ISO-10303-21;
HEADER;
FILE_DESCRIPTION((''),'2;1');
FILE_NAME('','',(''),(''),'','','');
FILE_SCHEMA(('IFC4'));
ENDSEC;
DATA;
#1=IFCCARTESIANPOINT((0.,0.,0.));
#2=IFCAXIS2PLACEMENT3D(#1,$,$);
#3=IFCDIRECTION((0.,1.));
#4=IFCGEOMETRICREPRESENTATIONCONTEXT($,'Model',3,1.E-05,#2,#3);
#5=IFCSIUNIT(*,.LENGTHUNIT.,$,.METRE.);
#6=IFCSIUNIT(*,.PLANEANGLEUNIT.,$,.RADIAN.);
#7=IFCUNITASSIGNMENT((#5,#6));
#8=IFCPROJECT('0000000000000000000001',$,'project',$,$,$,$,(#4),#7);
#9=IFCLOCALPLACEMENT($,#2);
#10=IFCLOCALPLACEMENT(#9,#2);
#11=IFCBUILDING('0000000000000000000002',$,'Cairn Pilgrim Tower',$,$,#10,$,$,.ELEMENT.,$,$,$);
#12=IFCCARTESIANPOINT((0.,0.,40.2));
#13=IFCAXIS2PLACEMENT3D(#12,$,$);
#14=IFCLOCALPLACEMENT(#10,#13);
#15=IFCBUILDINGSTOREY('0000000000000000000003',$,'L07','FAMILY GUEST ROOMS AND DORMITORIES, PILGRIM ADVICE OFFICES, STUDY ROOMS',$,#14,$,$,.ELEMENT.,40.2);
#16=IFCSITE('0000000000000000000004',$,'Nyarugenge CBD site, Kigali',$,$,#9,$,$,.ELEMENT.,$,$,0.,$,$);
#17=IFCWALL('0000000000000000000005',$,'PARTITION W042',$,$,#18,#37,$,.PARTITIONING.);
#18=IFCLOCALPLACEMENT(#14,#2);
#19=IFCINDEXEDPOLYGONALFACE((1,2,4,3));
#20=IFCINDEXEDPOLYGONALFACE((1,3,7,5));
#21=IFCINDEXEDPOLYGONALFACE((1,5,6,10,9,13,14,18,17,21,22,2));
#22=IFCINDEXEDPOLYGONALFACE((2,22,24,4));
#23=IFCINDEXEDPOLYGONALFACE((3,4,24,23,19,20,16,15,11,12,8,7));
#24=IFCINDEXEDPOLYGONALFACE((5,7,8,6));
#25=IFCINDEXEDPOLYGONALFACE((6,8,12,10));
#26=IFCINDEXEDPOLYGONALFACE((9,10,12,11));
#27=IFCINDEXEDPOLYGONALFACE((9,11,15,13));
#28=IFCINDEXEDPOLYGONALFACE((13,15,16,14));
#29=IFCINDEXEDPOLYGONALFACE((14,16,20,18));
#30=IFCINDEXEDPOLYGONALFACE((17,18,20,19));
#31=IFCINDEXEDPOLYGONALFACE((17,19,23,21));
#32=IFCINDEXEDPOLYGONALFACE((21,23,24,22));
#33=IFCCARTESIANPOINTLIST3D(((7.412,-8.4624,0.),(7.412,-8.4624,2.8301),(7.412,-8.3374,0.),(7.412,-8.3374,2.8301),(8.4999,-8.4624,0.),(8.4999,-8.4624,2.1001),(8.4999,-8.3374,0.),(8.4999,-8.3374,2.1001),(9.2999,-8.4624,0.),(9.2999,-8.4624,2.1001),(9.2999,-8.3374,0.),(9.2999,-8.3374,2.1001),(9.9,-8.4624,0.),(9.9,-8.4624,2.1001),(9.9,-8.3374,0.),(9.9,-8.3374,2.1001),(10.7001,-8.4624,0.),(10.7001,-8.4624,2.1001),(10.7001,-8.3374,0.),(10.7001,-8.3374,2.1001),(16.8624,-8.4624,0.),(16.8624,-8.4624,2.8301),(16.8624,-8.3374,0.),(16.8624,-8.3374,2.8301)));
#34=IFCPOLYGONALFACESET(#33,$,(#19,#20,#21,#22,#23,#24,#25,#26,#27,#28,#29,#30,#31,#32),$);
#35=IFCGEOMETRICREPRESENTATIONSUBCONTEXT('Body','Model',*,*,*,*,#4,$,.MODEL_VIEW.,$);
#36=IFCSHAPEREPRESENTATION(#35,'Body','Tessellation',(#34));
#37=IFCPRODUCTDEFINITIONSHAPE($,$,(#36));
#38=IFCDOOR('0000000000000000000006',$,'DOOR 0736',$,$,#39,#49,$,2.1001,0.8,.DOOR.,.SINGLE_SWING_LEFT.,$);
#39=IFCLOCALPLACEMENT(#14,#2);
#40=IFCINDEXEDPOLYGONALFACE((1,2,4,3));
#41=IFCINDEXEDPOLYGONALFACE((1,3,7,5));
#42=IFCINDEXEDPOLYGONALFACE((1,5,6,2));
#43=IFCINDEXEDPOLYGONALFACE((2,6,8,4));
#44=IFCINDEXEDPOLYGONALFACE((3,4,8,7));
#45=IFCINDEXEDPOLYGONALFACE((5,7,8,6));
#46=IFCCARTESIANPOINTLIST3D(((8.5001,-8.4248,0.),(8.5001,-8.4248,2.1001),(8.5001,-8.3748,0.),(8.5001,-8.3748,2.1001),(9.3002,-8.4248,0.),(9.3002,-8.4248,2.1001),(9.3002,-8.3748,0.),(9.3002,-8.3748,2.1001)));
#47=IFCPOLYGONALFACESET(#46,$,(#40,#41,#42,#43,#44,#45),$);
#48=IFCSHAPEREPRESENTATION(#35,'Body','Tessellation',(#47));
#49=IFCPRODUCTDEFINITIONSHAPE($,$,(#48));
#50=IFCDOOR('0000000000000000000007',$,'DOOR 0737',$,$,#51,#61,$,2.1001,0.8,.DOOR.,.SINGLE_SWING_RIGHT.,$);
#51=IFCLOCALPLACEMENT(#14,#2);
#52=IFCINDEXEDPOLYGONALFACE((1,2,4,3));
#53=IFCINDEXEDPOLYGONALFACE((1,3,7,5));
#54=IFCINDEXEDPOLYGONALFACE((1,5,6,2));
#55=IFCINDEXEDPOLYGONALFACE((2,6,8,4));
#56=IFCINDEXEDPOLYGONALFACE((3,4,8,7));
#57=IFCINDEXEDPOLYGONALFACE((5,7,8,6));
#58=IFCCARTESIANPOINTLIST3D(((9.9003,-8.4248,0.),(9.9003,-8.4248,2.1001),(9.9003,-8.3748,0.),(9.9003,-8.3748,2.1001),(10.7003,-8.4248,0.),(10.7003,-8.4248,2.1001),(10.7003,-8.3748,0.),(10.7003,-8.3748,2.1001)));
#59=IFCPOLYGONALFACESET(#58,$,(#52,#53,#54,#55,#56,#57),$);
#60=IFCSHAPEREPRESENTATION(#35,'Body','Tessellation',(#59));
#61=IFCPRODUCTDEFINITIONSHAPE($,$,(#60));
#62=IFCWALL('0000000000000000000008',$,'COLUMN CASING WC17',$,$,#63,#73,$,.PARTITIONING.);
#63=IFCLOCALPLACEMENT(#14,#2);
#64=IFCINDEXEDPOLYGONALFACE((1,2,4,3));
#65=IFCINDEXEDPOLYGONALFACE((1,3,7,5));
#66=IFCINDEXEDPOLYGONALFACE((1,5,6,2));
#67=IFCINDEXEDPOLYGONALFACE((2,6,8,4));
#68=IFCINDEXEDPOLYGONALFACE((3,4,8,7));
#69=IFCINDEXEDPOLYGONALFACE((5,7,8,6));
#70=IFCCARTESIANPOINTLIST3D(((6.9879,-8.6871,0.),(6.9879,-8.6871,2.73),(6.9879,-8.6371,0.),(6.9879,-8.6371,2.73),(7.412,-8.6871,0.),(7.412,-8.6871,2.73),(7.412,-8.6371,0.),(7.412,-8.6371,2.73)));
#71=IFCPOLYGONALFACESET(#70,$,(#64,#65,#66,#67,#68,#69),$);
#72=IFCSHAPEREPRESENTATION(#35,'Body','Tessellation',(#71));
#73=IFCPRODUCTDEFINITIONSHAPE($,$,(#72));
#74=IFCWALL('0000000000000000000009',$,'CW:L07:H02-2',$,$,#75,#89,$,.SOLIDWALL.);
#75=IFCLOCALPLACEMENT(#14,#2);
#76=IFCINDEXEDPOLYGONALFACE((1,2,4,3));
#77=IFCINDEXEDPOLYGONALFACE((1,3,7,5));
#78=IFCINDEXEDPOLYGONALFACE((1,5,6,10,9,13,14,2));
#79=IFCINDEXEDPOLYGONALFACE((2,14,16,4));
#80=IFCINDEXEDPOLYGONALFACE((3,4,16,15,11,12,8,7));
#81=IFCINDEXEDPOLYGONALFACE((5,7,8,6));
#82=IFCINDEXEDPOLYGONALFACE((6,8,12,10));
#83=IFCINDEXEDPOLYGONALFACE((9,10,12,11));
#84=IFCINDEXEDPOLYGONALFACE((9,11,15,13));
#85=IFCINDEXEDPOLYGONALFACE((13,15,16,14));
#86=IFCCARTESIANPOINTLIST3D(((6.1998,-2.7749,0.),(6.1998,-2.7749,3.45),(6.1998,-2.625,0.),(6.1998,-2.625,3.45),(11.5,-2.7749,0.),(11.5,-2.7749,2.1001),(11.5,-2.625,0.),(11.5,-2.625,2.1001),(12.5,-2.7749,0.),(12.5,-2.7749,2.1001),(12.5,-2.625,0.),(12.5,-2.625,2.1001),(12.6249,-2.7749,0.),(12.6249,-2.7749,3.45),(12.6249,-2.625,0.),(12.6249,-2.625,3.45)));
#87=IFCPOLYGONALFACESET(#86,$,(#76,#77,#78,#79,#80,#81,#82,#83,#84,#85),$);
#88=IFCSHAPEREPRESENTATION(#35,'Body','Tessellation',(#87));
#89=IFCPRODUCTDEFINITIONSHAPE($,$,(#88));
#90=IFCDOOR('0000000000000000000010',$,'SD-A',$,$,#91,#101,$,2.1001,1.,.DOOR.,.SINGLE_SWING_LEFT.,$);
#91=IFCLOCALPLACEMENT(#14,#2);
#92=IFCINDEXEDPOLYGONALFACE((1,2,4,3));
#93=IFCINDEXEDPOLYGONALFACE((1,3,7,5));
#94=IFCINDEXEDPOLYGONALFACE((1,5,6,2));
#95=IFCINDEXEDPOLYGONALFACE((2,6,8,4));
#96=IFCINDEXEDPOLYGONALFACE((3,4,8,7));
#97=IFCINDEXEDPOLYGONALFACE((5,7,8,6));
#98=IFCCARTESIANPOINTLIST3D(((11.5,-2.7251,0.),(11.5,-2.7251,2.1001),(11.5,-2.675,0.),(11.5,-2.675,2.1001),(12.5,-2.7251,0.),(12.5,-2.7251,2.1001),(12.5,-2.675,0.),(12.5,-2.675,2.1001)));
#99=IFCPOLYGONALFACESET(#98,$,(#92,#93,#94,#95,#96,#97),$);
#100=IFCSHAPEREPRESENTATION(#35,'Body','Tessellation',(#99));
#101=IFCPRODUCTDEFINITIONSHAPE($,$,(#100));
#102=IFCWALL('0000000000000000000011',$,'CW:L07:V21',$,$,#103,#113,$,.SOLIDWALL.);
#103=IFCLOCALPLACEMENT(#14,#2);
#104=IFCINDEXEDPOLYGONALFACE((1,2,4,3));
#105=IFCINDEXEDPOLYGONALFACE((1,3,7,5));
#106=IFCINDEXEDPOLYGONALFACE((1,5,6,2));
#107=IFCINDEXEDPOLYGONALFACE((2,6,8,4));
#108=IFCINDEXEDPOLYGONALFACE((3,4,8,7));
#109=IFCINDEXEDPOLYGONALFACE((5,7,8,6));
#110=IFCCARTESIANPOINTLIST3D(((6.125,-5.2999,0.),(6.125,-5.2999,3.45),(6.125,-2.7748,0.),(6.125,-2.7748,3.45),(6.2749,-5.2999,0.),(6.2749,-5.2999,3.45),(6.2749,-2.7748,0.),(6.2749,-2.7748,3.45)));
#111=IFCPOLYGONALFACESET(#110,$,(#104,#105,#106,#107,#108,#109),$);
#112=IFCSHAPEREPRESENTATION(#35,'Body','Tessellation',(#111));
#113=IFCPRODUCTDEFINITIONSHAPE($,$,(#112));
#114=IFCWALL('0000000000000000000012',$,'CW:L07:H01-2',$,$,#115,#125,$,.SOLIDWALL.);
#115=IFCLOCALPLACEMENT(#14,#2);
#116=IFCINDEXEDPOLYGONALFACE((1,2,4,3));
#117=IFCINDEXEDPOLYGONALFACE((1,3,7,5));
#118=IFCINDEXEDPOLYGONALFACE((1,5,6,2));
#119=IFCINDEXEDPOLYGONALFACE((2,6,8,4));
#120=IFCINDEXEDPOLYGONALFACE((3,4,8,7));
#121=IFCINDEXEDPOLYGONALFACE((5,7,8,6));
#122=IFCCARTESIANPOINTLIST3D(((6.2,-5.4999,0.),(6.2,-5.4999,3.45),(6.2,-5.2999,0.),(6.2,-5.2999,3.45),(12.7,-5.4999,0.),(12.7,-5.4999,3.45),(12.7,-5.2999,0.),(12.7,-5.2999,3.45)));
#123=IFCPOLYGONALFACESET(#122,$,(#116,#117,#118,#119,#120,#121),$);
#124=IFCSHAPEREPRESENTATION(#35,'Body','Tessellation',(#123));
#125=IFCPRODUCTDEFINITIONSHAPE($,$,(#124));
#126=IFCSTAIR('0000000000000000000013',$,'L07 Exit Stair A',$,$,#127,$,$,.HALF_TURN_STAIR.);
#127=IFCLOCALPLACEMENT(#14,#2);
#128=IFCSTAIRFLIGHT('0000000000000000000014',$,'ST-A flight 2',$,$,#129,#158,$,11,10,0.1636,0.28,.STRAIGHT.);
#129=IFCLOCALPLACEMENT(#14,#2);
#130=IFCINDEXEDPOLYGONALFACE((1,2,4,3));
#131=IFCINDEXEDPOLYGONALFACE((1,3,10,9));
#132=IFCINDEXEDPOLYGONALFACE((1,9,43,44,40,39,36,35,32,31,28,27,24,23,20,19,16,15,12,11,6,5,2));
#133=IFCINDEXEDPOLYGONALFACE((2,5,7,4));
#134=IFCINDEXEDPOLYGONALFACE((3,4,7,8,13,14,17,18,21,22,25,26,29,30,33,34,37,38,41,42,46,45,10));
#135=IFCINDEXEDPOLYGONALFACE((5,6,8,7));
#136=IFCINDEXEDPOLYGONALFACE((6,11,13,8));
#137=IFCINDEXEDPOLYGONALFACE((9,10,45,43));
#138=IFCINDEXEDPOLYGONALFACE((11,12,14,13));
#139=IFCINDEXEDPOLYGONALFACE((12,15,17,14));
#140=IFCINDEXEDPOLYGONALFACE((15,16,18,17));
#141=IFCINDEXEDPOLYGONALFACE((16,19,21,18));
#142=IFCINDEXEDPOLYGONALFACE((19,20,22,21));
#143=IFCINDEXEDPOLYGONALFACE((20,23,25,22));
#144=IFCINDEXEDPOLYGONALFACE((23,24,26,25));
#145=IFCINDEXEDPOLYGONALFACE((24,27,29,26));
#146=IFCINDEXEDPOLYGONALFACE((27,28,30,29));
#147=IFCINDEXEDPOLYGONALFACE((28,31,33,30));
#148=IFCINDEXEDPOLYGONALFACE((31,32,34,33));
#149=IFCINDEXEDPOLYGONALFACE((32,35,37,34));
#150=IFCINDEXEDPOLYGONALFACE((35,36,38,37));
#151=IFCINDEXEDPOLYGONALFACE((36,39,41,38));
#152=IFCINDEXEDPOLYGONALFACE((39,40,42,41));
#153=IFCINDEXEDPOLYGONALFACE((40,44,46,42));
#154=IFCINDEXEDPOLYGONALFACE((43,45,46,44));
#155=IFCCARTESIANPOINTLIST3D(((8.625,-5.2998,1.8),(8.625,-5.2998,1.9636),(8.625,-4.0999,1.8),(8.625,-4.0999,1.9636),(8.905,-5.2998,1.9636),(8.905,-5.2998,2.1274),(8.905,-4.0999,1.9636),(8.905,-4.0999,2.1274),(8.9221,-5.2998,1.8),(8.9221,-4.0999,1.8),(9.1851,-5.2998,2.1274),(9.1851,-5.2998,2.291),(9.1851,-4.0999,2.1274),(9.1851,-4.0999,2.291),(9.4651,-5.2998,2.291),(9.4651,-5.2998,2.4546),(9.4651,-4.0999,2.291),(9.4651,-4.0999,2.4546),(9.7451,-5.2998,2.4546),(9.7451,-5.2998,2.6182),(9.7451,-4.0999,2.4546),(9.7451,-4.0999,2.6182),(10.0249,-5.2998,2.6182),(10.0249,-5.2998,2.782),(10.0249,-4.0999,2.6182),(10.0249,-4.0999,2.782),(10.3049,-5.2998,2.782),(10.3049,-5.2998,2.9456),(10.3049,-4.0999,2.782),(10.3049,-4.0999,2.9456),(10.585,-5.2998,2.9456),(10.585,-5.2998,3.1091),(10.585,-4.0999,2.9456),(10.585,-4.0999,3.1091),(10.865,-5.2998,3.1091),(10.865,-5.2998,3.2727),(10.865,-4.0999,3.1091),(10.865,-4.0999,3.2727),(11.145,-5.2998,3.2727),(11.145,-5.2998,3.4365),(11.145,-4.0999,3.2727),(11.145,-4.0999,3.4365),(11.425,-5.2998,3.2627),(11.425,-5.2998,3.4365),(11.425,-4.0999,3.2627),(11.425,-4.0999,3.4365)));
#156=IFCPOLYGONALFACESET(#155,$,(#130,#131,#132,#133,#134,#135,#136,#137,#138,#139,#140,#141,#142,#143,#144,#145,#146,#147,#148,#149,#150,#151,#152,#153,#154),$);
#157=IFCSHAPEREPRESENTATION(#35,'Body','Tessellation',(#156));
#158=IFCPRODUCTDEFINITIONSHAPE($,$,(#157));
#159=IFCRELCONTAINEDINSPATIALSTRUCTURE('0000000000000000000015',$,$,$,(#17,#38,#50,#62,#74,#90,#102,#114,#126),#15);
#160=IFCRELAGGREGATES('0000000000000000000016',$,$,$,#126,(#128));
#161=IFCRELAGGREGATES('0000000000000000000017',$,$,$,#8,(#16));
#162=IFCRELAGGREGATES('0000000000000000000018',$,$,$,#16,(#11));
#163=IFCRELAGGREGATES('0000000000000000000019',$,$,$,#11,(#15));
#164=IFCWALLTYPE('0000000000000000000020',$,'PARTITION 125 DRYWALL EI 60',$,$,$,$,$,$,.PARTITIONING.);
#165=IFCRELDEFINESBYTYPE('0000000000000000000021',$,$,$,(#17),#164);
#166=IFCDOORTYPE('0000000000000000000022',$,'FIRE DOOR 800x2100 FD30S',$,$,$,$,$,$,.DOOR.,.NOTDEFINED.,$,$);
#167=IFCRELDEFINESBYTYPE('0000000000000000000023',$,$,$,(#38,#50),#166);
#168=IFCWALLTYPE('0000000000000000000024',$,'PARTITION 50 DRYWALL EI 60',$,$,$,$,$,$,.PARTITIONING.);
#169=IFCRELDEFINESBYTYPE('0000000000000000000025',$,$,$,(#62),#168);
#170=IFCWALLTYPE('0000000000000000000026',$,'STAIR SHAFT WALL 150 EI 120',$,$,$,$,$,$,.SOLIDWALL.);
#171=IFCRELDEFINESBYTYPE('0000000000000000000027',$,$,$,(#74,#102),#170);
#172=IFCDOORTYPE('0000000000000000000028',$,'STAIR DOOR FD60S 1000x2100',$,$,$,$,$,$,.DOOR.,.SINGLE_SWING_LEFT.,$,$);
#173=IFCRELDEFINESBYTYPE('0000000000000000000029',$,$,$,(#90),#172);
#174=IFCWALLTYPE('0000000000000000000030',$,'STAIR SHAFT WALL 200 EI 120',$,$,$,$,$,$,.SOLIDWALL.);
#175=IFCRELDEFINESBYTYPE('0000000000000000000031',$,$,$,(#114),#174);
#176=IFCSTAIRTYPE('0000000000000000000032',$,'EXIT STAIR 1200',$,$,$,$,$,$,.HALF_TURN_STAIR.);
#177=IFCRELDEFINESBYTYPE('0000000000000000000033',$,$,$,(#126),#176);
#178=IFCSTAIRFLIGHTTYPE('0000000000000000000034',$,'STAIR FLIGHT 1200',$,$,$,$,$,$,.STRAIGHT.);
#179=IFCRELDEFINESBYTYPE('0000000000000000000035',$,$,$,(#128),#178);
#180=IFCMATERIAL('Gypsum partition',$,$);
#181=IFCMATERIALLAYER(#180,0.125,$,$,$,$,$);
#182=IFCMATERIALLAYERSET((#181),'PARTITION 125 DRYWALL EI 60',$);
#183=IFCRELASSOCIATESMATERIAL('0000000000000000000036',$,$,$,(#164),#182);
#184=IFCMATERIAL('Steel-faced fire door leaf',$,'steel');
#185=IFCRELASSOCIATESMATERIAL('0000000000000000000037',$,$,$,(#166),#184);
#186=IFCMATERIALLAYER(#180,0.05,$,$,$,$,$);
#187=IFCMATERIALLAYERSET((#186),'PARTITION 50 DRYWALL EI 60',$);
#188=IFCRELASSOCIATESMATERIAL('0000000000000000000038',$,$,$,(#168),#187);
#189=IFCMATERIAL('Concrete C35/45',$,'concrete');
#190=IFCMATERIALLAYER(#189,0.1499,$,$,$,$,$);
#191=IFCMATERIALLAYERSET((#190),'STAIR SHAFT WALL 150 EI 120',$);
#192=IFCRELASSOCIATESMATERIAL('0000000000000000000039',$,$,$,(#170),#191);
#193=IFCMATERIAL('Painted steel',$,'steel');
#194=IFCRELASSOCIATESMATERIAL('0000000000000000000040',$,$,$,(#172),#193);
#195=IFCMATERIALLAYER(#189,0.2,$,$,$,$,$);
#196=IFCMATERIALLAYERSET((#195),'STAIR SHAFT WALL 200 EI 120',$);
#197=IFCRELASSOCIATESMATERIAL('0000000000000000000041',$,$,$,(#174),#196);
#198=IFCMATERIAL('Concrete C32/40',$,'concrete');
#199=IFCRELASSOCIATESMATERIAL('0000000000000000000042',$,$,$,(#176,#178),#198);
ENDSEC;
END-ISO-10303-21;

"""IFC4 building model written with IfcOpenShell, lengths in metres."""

from ifc_helpers import new_model, si_unit, direction, frame, frame_2d, origin, place, context, subcontext, project, spatial, polyline, rectangle, outline, extrude, material, layer, layer_set, type_object, element, fill, aggregate, save


model = new_model("IFC4")

# Units and contexts
model_context = context("Model", 3, precision=1e-05, world=origin(), true_north=direction((0.0, 1.0)))
body_context = subcontext(model_context, "Body", "Model", "MODEL_VIEW")
ifc_project = project(units=[si_unit("LENGTHUNIT", "METRE"), si_unit("PLANEANGLEUNIT", "RADIAN")], contexts=[model_context])

# Site, building, storey
site_placement = place(None, origin())
site = spatial("IfcSite", under=ifc_project, at=site_placement, Name="Nyarugenge CBD site, Kigali", CompositionType="ELEMENT", RefElevation=0.0)
building_placement = place(site_placement, origin())
building = spatial("IfcBuilding", under=site, at=building_placement, Name="Cairn Pilgrim Tower", CompositionType="ELEMENT")
storey_placement = place(building_placement, frame((0.0, 0.0, 40.2)))
storey = spatial("IfcBuildingStorey", under=building, at=storey_placement, Name="L07", Description="FAMILY GUEST ROOMS AND DORMITORIES, PILGRIM ADVICE OFFICES, STUDY ROOMS", CompositionType="ELEMENT", Elevation=40.2)

# Shared definitions
ifc_material_1 = material(Name="Concrete C32/40", Category="concrete")
ifc_material_2 = material(Name="Gypsum partition")
ifc_layer_1 = layer(ifc_material_2, 0.125)
ifc_layer_set_1 = layer_set([ifc_layer_1], Name="PARTITION 125 DRYWALL EI 60")
wall_type_1 = type_object("IfcWallType", Name="PARTITION 125 DRYWALL EI 60", PredefinedType="PARTITIONING", material=ifc_layer_set_1)

# Wall, openings, doors
wall_1_placement = place(storey_placement, frame((7.4121, -8.3999, 0.0), z_axis=(0.0, 0.0, 1.0), x_axis=(1.0, 0.0, 0.0)))
wall_1 = element("IfcWall", 1, at=wall_1_placement, inside=storey, type_object=wall_type_1, Name="PARTITION W042", PredefinedType="PARTITIONING", context=body_context, shape_type="SweptSolid", body=[
    extrude(rectangle(XDim=9.4504, YDim=0.125, at=frame_2d((4.7251, 0.0))), origin(), (0.0, 0.0, 1.0), 2.8301),
])
opening_1_placement = place(wall_1_placement, frame((1.0879, 0.0, 0.0)))
opening_1 = element("IfcOpeningElement", 2, at=opening_1_placement, cuts=wall_1, PredefinedType="OPENING", context=body_context, shape_type="SweptSolid", body=[
    extrude(rectangle(XDim=0.8, YDim=2.1001, at=frame_2d((0.3999, 1.05))), frame((0.0, 0.0725, 0.0), z_axis=(0.0, -1.0, 0.0), x_axis=(1.0, 0.0, 0.0)), (0.0, 0.0, 1.0), 0.145),
])
opening_2_placement = place(wall_1_placement, frame((2.488, 0.0, 0.0)))
opening_2 = element("IfcOpeningElement", 3, at=opening_2_placement, cuts=wall_1, PredefinedType="OPENING", context=body_context, shape_type="SweptSolid", body=[
    extrude(rectangle(XDim=0.8, YDim=2.1001, at=frame_2d((0.3999, 1.05))), frame((0.0, 0.0725, 0.0), z_axis=(0.0, -1.0, 0.0), x_axis=(1.0, 0.0, 0.0)), (0.0, 0.0, 1.0), 0.145),
])
ifc_material_3 = material(Name="Steel-faced fire door leaf", Category="steel")
door_type_1 = type_object("IfcDoorType", Name="FIRE DOOR 800x2100 FD30S", OperationType="NOTDEFINED", PredefinedType="DOOR", material=ifc_material_3)
door_1_placement = place(opening_1_placement, frame((0.8, 0.0, 0.0), z_axis=(0.0, 0.0, 1.0), x_axis=(-1.0, 0.0, 0.0)))
door_1 = element("IfcDoor", 4, at=door_1_placement, inside=storey, type_object=door_type_1, Name="DOOR 0736", OperationType="SINGLE_SWING_LEFT", OverallHeight=2.1001, OverallWidth=0.8, PredefinedType="DOOR", context=body_context, shape_type="SweptSolid", body=[
    extrude(rectangle(XDim=0.8, YDim=2.1001, at=frame_2d((0.3999, 1.05))), frame((0.0, 0.0249, 0.0), z_axis=(0.0, -1.0, 0.0), x_axis=(1.0, 0.0, 0.0)), (0.0, 0.0, 1.0), 0.05),
])
fill(opening_1, door_1)
door_2_placement = place(opening_2_placement, frame((0.8, 0.0, 0.0), z_axis=(0.0, 0.0, 1.0), x_axis=(-1.0, 0.0, 0.0)))
door_2 = element("IfcDoor", 5, at=door_2_placement, inside=storey, type_object=door_type_1, Name="DOOR 0737", OperationType="SINGLE_SWING_RIGHT", OverallHeight=2.1001, OverallWidth=0.8, PredefinedType="DOOR", context=body_context, shape_type="SweptSolid", body=[
    extrude(rectangle(XDim=0.8, YDim=2.1001, at=frame_2d((0.3999, 1.05))), frame((0.0, 0.0249, 0.0), z_axis=(0.0, -1.0, 0.0), x_axis=(1.0, 0.0, 0.0)), (0.0, 0.0, 1.0), 0.05),
])
fill(opening_2, door_2)

# Wall
ifc_layer_2 = layer(ifc_material_2, 0.05)
ifc_layer_set_2 = layer_set([ifc_layer_2], Name="PARTITION 50 DRYWALL EI 60")
wall_type_2 = type_object("IfcWallType", Name="PARTITION 50 DRYWALL EI 60", PredefinedType="PARTITIONING", material=ifc_layer_set_2)
wall_2_placement = place(storey_placement, frame((6.988, -8.6621, 0.0), z_axis=(0.0, 0.0, 1.0), x_axis=(1.0, 0.0, 0.0)))
element("IfcWall", 6, at=wall_2_placement, inside=storey, type_object=wall_type_2, Name="COLUMN CASING WC17", PredefinedType="PARTITIONING", context=body_context, shape_type="SweptSolid", body=[
    extrude(rectangle(XDim=0.4241, YDim=0.05, at=frame_2d((0.2119, 0.0))), origin(), (0.0, 0.0, 1.0), 2.73),
])

# Wall, opening, door
ifc_material_4 = material(Name="Concrete C35/45", Category="concrete")
ifc_layer_3 = layer(ifc_material_4, 0.1499)
ifc_layer_set_3 = layer_set([ifc_layer_3], Name="STAIR SHAFT WALL 150 EI 120")
wall_type_3 = type_object("IfcWallType", Name="STAIR SHAFT WALL 150 EI 120", PredefinedType="SOLIDWALL", material=ifc_layer_set_3)
wall_3_placement = place(storey_placement, frame((6.2, -2.7, 0.0), z_axis=(0.0, 0.0, 1.0), x_axis=(1.0, 0.0, 0.0)))
wall_3 = element("IfcWall", 7, at=wall_3_placement, inside=storey, type_object=wall_type_3, Name="CW:L07:H02-2", PredefinedType="SOLIDWALL", context=body_context, shape_type="SweptSolid", body=[
    extrude(rectangle(XDim=6.425, YDim=0.1499, at=frame_2d((3.2124, 0.0))), origin(), (0.0, 0.0, 1.0), 3.45),
])
opening_3_placement = place(wall_3_placement, frame((5.3, 0.0, 0.0)))
opening_3 = element("IfcOpeningElement", 8, at=opening_3_placement, cuts=wall_3, PredefinedType="OPENING", context=body_context, shape_type="SweptSolid", body=[
    extrude(rectangle(XDim=1.0, YDim=2.1001, at=frame_2d((0.5, 1.05))), frame((0.0, 0.085, 0.0), z_axis=(0.0, -1.0, 0.0), x_axis=(1.0, 0.0, 0.0)), (0.0, 0.0, 1.0), 0.1699),
])
ifc_material_5 = material(Name="Painted steel", Category="steel")
door_type_2 = type_object("IfcDoorType", Name="STAIR DOOR FD60S 1000x2100", OperationType="SINGLE_SWING_LEFT", PredefinedType="DOOR", material=ifc_material_5)
door_3_placement = place(opening_3_placement, origin())
door_3 = element("IfcDoor", 9, at=door_3_placement, inside=storey, type_object=door_type_2, Name="SD-A", OperationType="SINGLE_SWING_LEFT", OverallHeight=2.1001, OverallWidth=1.0, PredefinedType="DOOR", context=body_context, shape_type="SweptSolid", body=[
    extrude(rectangle(XDim=1.0, YDim=2.1001, at=frame_2d((0.5, 1.05))), frame((0.0, 0.0249, 0.0), z_axis=(0.0, -1.0, 0.0), x_axis=(1.0, 0.0, 0.0)), (0.0, 0.0, 1.0), 0.05),
])
fill(opening_3, door_3)

# Walls
wall_4_placement = place(storey_placement, frame((6.2, -5.3, 0.0), z_axis=(0.0, 0.0, 1.0), x_axis=(0.0, 1.0, 0.0)))
element("IfcWall", 10, at=wall_4_placement, inside=storey, type_object=wall_type_3, Name="CW:L07:V21", PredefinedType="SOLIDWALL", context=body_context, shape_type="SweptSolid", body=[
    extrude(rectangle(XDim=2.5251, YDim=0.1499, at=frame_2d((1.2627, 0.0))), origin(), (0.0, 0.0, 1.0), 3.45),
])
ifc_layer_4 = layer(ifc_material_4, 0.2)
ifc_layer_set_4 = layer_set([ifc_layer_4], Name="STAIR SHAFT WALL 200 EI 120")
wall_type_4 = type_object("IfcWallType", Name="STAIR SHAFT WALL 200 EI 120", PredefinedType="SOLIDWALL", material=ifc_layer_set_4)
wall_5_placement = place(storey_placement, frame((6.2, -5.3999, 0.0), z_axis=(0.0, 0.0, 1.0), x_axis=(1.0, 0.0, 0.0)))
element("IfcWall", 11, at=wall_5_placement, inside=storey, type_object=wall_type_4, Name="CW:L07:H01-2", PredefinedType="SOLIDWALL", context=body_context, shape_type="SweptSolid", body=[
    extrude(rectangle(XDim=6.5, YDim=0.2, at=frame_2d((3.25, 0.0))), origin(), (0.0, 0.0, 1.0), 3.45),
])

# Stair, stair flight
stair_type = type_object("IfcStairType", Name="EXIT STAIR 1200", PredefinedType="HALF_TURN_STAIR", material=ifc_material_1)
stair_placement = place(storey_placement, origin())
stair = element("IfcStair", 12, at=stair_placement, inside=storey, type_object=stair_type, Name="L07 Exit Stair A", PredefinedType="HALF_TURN_STAIR")
stair_flight_type = type_object("IfcStairFlightType", Name="STAIR FLIGHT 1200", PredefinedType="STRAIGHT", material=ifc_material_1)
stair_flight_placement = place(storey_placement, frame((8.625, -4.7, 1.8), z_axis=(0.0, 0.0, 1.0), x_axis=(1.0, 0.0, 0.0)))
stair_flight = element("IfcStairFlight", 13, at=stair_flight_placement, type_object=stair_flight_type, Name="ST-A flight 2", NumberOfRisers=11, NumberOfTreads=10, PredefinedType="STRAIGHT", RiserHeight=0.1636, TreadLength=0.28, context=body_context, shape_type="SweptSolid", body=[
    extrude(outline(polyline([(0.0, 0.0), (0.0, 0.1636), (0.28, 0.1636), (0.28, 0.3274), (0.5601, 0.3274), (0.5601, 0.491), (0.8401, 0.491), (0.8401, 0.6545), (1.1201, 0.6545), (1.1201, 0.8181), (1.3999, 0.8181), (1.3999, 0.9819), (1.6799, 0.9819), (1.6799, 1.1455), (1.96, 1.1455), (1.96, 1.3091), (2.24, 1.3091), (2.24, 1.4727), (2.52, 1.4727), (2.52, 1.6365), (2.8, 1.6365), (2.8, 1.8), (2.8, 1.4626), (0.2971, 0.0), (0.0, 0.0)])), frame((0.0, 0.6001, 0.0), z_axis=(0.0, -1.0, 0.0), x_axis=(1.0, 0.0, 0.0)), (0.0, 0.0, 1.0), 1.2),
])
aggregate(stair, [stair_flight])

save(model, "model.ifc")
